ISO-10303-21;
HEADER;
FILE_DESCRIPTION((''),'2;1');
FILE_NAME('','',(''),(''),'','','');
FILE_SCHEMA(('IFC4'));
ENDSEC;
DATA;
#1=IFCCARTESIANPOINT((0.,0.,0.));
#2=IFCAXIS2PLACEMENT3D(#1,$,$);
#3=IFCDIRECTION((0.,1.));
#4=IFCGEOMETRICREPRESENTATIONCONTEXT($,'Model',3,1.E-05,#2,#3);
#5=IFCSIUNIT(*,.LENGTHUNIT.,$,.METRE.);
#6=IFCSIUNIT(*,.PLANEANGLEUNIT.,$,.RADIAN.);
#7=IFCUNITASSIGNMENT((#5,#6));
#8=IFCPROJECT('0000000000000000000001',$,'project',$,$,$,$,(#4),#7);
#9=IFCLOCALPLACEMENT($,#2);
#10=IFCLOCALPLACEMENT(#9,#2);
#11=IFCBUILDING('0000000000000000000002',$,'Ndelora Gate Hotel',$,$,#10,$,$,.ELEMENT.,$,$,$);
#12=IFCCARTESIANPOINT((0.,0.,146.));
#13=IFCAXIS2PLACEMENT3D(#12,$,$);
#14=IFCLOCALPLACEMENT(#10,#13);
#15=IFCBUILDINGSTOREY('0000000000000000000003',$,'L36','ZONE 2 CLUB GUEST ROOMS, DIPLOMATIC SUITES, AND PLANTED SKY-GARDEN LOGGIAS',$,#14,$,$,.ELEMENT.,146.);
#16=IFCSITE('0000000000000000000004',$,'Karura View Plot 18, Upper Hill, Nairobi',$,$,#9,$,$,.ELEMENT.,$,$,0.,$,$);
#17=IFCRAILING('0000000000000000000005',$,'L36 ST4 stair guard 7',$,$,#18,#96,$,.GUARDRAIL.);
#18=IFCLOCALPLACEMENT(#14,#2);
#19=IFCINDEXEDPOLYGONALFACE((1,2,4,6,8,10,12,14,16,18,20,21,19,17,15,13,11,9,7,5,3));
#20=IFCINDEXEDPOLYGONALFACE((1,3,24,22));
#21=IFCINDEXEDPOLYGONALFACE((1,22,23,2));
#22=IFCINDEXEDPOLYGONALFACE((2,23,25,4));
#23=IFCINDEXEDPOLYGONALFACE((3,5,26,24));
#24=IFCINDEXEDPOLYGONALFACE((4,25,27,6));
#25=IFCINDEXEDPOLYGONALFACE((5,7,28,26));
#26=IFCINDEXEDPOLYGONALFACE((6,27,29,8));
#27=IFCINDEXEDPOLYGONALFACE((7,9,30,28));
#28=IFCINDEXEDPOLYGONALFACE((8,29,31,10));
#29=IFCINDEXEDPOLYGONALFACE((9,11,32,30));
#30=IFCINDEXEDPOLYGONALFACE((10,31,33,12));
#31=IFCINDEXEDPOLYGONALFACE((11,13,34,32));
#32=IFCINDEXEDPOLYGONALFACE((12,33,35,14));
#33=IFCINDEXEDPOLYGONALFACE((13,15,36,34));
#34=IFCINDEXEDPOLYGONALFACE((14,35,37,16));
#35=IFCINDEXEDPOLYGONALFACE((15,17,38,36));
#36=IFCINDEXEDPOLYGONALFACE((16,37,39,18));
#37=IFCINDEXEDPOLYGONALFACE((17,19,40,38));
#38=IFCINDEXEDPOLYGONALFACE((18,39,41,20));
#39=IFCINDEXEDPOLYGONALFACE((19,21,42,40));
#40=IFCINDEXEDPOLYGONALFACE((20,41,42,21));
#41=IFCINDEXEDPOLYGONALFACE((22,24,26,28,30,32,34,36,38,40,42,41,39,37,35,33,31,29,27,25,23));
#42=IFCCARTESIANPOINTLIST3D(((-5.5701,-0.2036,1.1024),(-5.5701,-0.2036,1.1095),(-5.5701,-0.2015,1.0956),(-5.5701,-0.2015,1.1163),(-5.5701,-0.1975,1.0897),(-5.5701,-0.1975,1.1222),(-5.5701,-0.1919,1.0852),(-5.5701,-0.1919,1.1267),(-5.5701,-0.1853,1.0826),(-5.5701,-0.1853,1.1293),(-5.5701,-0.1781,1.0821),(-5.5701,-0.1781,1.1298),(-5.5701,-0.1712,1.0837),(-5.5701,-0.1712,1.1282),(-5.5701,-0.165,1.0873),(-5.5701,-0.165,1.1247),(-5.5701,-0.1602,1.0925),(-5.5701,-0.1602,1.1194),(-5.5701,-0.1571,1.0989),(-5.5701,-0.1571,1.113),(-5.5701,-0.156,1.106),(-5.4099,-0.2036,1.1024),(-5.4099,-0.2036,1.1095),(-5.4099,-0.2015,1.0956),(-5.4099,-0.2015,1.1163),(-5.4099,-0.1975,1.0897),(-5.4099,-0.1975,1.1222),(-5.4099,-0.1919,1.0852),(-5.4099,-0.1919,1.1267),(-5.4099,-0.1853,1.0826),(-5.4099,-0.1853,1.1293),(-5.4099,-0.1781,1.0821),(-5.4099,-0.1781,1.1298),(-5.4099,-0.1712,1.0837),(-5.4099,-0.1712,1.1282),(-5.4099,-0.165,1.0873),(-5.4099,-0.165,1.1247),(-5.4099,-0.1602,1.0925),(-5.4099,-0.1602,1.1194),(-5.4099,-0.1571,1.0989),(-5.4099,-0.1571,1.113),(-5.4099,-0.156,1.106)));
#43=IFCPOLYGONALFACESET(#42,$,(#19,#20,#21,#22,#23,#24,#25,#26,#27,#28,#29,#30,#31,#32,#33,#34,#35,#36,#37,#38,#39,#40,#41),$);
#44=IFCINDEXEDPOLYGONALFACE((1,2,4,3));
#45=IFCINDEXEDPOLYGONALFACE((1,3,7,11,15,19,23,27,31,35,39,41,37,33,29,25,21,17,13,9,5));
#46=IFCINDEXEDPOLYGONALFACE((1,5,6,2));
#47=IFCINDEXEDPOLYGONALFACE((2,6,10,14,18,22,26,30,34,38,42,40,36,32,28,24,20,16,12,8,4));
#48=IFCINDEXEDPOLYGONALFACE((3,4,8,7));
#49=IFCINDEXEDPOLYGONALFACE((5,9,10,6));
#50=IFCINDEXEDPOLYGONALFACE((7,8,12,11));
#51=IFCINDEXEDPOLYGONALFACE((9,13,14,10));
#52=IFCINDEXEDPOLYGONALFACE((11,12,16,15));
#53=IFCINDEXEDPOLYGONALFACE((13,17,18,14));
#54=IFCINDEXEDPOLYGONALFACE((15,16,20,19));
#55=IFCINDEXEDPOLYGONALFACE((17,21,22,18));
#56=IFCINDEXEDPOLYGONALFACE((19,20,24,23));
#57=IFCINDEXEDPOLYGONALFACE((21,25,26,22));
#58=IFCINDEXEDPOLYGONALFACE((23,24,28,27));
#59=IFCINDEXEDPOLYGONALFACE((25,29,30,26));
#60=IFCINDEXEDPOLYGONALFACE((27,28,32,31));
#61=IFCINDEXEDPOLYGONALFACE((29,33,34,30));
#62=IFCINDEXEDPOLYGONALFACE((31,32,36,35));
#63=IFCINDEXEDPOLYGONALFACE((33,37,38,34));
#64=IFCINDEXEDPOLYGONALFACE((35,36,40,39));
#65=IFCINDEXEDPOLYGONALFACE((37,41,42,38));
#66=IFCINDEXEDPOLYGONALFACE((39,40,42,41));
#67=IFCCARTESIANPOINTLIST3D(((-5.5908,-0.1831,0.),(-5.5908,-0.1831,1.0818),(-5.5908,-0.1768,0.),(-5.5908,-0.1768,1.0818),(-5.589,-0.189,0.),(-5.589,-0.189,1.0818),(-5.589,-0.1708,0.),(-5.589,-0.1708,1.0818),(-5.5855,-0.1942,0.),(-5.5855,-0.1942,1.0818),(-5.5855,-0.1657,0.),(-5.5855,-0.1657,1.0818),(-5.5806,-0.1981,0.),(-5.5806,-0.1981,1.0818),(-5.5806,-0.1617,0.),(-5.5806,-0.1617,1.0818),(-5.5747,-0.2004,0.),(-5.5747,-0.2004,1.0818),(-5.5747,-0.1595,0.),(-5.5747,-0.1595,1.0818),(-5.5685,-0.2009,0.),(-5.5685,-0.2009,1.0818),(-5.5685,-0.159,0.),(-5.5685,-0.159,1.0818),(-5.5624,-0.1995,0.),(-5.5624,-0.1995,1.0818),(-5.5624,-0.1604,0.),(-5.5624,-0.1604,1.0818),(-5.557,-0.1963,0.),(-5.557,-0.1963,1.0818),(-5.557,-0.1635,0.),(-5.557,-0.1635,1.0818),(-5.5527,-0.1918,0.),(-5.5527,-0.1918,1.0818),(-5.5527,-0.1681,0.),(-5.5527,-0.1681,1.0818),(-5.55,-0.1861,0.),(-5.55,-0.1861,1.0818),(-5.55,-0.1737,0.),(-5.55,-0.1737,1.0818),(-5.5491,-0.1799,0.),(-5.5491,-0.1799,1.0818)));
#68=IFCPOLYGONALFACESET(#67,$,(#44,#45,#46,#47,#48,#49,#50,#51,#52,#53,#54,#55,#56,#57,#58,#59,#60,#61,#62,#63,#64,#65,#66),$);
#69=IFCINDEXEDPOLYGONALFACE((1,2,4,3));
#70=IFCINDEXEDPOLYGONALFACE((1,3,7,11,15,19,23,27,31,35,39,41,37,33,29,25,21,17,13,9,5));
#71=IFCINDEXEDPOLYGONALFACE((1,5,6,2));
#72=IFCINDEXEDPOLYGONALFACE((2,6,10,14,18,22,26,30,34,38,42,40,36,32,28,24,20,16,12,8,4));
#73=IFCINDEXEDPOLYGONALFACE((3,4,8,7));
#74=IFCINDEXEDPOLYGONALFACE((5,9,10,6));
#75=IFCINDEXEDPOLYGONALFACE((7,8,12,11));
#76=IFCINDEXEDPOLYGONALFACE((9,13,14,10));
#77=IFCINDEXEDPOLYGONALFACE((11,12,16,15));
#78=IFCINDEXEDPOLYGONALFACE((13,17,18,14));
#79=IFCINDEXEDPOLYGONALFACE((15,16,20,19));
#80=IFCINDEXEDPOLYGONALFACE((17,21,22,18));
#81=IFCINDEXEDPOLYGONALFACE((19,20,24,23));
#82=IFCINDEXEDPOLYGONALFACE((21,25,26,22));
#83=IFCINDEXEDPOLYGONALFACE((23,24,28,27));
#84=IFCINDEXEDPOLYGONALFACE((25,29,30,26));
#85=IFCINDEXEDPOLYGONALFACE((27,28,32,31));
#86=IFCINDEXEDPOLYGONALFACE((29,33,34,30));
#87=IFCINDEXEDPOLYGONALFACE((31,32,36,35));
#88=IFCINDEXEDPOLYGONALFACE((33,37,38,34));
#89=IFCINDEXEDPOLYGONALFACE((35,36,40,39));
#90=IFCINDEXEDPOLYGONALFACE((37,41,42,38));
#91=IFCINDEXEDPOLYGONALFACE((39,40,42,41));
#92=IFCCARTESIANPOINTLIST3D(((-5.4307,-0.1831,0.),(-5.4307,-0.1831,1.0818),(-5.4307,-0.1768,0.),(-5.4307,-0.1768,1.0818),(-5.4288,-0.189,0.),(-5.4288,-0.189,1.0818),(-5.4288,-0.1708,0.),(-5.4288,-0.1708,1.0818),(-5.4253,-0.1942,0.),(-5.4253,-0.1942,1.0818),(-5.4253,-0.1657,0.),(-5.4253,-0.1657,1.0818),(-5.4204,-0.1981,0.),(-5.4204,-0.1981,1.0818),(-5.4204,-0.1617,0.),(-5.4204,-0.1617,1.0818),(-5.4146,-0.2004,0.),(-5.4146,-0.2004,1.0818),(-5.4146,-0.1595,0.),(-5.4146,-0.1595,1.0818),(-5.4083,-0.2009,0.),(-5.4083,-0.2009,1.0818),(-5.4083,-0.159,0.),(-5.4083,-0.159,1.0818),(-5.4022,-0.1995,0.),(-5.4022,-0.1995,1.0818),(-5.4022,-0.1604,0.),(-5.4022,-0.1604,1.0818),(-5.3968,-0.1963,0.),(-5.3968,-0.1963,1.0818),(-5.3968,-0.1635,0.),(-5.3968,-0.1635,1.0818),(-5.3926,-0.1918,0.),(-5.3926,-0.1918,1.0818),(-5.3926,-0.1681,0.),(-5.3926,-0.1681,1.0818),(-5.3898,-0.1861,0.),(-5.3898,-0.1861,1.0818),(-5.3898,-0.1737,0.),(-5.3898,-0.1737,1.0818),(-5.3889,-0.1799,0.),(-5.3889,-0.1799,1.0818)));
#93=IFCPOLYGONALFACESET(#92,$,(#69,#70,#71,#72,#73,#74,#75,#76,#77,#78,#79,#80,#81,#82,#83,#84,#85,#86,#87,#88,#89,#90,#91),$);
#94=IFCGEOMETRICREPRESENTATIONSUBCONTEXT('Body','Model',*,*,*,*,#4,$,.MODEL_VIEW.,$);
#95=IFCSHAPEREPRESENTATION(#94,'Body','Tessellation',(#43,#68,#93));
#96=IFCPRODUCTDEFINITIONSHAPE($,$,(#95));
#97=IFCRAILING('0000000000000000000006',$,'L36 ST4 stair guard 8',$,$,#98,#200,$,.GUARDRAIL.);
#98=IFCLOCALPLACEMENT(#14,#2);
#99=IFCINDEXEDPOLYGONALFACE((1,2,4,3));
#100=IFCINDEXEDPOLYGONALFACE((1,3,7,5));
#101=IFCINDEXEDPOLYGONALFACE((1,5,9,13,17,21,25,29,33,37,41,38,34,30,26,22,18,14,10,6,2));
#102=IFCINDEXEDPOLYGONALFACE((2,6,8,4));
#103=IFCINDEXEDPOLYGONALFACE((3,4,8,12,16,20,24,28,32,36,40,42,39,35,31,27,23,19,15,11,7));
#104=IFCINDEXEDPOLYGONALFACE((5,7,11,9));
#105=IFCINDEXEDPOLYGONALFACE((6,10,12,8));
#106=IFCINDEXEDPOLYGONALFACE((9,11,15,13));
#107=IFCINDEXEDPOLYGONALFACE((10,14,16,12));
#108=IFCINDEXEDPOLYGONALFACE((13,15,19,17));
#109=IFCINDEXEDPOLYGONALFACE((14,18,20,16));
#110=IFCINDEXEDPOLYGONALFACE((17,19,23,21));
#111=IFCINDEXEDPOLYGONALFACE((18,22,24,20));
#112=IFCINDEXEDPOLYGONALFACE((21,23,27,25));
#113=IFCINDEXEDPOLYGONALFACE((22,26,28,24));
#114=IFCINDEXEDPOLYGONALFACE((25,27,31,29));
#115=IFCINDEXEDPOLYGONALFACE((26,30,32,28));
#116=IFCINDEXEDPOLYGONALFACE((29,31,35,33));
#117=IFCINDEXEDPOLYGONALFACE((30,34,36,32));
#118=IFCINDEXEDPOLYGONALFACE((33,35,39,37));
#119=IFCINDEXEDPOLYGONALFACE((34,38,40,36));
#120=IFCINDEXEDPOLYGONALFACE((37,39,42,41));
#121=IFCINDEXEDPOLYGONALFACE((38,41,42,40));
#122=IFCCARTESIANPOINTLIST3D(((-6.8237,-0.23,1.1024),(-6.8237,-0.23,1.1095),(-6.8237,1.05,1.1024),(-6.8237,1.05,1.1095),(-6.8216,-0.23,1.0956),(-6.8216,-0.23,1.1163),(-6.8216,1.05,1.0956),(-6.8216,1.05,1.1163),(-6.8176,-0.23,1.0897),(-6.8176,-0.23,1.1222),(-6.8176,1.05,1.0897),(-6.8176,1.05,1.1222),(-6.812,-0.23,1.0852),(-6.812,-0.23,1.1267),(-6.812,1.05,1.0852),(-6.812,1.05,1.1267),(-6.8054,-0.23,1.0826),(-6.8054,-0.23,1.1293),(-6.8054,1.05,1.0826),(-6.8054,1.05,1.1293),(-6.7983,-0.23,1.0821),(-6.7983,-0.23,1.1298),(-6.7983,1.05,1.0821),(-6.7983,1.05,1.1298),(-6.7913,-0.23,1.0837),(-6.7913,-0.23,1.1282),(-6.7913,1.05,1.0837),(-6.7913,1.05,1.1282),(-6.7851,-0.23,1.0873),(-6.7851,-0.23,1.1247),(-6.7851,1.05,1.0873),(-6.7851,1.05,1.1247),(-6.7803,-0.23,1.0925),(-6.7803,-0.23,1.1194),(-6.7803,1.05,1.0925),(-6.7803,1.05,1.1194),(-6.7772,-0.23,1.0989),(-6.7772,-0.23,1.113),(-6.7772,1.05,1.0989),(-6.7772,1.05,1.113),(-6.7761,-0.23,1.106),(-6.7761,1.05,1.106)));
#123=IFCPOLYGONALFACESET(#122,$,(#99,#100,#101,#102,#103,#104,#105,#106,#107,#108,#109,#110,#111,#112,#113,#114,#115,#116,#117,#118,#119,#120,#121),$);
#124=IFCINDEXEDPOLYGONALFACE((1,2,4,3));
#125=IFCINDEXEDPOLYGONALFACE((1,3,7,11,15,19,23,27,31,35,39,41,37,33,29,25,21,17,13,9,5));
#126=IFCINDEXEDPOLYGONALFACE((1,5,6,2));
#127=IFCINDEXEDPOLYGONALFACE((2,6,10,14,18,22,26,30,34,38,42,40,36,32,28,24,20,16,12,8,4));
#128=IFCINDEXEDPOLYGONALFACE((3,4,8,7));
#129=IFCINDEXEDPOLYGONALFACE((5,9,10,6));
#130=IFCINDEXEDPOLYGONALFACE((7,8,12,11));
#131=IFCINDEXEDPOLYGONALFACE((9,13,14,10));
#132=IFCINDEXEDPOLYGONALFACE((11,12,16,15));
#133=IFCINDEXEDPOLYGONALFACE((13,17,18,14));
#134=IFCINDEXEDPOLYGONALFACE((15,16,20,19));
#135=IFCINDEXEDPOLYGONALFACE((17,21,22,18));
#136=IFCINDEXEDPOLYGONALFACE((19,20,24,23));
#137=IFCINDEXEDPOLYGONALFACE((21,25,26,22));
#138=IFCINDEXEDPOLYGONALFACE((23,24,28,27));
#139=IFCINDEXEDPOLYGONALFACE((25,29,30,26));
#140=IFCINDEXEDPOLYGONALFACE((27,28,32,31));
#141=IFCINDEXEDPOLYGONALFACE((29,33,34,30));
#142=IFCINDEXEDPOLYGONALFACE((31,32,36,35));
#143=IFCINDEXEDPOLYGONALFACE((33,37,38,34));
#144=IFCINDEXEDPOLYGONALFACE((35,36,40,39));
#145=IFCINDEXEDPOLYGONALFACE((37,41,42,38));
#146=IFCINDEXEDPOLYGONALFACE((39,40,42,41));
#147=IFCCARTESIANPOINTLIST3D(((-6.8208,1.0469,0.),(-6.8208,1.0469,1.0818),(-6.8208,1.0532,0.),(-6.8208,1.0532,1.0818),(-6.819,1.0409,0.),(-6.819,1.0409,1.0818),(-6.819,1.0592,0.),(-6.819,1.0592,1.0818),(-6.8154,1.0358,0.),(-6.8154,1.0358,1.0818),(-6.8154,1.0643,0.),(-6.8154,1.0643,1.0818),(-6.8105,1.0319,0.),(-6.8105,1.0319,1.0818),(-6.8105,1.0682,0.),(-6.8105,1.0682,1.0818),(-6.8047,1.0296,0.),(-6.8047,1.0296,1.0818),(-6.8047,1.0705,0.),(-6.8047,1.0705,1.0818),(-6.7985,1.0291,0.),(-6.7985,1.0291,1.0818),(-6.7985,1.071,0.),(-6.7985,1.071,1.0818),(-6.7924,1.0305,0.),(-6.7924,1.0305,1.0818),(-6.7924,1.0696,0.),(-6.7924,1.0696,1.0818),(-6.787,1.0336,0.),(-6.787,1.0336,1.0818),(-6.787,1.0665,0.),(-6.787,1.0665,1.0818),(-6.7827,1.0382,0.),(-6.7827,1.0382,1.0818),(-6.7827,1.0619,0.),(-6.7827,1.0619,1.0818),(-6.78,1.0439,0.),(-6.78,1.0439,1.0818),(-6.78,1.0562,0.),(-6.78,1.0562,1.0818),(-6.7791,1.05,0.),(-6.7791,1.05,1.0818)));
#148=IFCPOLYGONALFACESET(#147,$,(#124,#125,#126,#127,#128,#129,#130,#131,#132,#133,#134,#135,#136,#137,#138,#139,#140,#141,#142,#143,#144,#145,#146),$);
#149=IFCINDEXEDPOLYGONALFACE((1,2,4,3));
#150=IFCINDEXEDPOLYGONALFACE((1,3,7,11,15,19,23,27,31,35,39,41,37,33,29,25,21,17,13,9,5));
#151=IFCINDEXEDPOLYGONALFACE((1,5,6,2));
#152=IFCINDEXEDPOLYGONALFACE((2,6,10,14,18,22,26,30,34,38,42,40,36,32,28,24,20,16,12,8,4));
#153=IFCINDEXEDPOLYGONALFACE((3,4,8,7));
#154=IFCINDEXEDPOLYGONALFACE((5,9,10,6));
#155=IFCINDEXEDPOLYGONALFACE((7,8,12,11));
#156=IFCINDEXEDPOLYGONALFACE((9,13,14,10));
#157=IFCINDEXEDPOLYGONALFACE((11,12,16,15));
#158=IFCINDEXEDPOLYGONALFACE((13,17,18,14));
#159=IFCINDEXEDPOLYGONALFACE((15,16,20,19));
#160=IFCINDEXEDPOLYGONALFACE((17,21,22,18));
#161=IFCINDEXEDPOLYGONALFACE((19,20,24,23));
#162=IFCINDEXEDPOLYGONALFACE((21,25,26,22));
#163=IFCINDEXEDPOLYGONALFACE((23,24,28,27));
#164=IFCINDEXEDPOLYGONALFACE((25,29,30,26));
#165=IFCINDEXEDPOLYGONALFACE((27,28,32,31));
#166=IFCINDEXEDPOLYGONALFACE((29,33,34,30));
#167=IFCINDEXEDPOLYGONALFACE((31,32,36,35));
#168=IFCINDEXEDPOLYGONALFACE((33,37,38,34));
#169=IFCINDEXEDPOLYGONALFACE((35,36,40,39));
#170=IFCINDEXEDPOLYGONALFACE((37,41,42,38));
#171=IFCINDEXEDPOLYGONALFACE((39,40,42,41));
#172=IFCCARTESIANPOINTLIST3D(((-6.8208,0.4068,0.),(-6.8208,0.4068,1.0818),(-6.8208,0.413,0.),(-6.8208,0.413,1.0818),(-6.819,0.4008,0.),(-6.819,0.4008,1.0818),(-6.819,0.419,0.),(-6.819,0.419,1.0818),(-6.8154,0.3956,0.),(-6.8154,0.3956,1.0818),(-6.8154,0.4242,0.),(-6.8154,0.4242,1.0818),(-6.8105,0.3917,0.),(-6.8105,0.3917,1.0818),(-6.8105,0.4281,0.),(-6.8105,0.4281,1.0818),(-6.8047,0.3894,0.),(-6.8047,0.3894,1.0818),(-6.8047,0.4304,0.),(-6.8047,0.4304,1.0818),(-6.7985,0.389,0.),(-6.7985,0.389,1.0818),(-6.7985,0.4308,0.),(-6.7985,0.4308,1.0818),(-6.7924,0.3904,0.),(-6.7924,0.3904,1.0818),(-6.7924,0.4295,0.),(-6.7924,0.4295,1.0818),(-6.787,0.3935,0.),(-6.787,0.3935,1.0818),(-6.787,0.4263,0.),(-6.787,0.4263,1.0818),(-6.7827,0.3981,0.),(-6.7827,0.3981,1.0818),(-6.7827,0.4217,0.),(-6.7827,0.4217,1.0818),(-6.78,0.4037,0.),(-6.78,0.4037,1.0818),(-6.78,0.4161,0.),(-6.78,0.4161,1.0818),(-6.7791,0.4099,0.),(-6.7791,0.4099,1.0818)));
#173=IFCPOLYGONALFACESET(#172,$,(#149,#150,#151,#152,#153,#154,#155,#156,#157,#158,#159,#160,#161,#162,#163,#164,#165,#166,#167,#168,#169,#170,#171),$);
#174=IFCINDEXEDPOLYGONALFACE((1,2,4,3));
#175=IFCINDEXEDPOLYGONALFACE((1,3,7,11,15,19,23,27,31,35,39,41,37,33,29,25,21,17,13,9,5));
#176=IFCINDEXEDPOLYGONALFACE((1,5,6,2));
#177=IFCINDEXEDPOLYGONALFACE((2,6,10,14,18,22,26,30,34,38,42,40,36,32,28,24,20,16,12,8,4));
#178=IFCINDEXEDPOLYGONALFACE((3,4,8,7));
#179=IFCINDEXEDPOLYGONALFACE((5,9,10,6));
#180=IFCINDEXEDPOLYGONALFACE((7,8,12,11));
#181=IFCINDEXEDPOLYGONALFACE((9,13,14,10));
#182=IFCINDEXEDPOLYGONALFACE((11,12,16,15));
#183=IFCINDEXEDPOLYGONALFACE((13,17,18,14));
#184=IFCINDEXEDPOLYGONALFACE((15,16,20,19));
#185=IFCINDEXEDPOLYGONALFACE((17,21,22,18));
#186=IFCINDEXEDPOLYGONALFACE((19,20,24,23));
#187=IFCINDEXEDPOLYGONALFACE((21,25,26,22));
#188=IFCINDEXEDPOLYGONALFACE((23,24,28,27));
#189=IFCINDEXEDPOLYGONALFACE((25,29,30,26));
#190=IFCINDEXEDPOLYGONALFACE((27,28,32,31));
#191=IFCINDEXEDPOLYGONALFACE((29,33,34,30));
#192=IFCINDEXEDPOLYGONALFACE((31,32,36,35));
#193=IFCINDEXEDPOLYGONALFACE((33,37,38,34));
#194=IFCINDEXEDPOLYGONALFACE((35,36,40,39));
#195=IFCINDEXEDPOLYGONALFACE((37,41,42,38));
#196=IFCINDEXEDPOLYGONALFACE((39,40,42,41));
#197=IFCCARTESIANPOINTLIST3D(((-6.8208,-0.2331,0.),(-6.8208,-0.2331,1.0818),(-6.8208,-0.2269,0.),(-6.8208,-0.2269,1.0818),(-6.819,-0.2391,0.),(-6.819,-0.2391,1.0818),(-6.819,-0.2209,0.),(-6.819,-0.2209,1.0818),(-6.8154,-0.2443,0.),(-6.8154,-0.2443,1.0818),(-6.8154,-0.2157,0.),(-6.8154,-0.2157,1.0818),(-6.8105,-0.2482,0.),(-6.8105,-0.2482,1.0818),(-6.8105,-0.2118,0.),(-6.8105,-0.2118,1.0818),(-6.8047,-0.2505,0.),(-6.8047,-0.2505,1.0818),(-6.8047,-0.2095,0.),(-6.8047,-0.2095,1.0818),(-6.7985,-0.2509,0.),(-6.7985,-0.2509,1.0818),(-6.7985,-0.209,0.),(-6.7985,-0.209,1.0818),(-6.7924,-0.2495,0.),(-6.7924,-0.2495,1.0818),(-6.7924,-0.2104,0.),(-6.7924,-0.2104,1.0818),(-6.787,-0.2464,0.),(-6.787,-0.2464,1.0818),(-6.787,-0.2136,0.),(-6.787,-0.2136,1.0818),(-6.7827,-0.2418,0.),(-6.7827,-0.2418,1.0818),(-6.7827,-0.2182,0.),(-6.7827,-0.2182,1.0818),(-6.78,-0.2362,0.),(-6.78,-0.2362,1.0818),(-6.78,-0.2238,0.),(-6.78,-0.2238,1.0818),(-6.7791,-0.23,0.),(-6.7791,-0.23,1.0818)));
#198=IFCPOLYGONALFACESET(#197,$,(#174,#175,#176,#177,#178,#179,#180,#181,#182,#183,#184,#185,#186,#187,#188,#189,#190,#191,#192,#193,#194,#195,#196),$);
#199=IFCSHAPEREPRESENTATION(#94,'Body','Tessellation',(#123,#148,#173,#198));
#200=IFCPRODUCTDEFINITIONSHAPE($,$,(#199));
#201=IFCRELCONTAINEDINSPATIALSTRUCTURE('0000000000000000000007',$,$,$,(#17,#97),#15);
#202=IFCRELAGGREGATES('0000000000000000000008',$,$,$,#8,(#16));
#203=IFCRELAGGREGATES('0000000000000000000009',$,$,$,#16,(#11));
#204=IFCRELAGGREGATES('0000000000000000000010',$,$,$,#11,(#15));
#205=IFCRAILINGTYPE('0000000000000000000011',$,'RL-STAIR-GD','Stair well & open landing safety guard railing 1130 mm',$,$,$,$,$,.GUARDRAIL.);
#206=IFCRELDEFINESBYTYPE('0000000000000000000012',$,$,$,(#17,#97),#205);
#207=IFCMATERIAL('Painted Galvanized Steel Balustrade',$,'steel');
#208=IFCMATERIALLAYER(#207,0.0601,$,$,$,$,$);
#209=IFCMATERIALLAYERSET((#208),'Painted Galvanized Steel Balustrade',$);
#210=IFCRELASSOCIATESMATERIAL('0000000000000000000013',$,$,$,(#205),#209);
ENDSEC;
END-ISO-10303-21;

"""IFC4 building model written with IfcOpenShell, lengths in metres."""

from ifc_helpers import new_model, si_unit, direction, frame, origin, origin_2d, place, context, subcontext, project, spatial, circle, extrude, material, layer, layer_set, type_object, element, save


model = new_model("IFC4")

# Units and contexts
model_context = context("Model", 3, precision=1e-05, world=origin(), true_north=direction((0.0, 1.0)))
body_context = subcontext(model_context, "Body", "Model", "MODEL_VIEW")
ifc_project = project(units=[si_unit("LENGTHUNIT", "METRE"), si_unit("PLANEANGLEUNIT", "RADIAN")], contexts=[model_context])

# Site, building, storey
site_placement = place(None, origin())
site = spatial("IfcSite", under=ifc_project, at=site_placement, Name="Karura View Plot 18, Upper Hill, Nairobi", CompositionType="ELEMENT", RefElevation=0.0)
building_placement = place(site_placement, origin())
building = spatial("IfcBuilding", under=site, at=building_placement, Name="Ndelora Gate Hotel", CompositionType="ELEMENT")
storey_placement = place(building_placement, frame((0.0, 0.0, 146.0)))
storey = spatial("IfcBuildingStorey", under=building, at=storey_placement, Name="L36", Description="ZONE 2 CLUB GUEST ROOMS, DIPLOMATIC SUITES, AND PLANTED SKY-GARDEN LOGGIAS", CompositionType="ELEMENT", Elevation=146.0)

# Railings
ifc_material_1 = material(Name="Painted Galvanized Steel Balustrade", Category="steel")
ifc_layer_1 = layer(ifc_material_1, 0.0601)
ifc_layer_set_1 = layer_set([ifc_layer_1], Name="Painted Galvanized Steel Balustrade")
railing_type_1 = type_object("IfcRailingType", Name="RL-STAIR-GD", Description="Stair well & open landing safety guard railing 1130 mm", PredefinedType="GUARDRAIL", material=ifc_layer_set_1)
railing_1_placement = place(storey_placement, frame((-5.5701, -0.1799, 0.0)))
element("IfcRailing", 1, at=railing_1_placement, inside=storey, type_object=railing_type_1, Name="L36 ST4 stair guard 7", PredefinedType="GUARDRAIL", context=body_context, shape_type="SweptSolid", body=[
    extrude(circle(Radius=0.0239, at=origin_2d()), frame((0.0, 0.0, 1.106), z_axis=(1.0, 0.0, 0.0), x_axis=(0.0, 1.0, 0.0)), (0.0, 0.0, 1.0), 0.1602),
    extrude(circle(Radius=0.021, at=origin_2d()), origin(), (0.0, 0.0, 1.0), 1.0818),
    extrude(circle(Radius=0.021, at=origin_2d()), frame((0.1602, 0.0, 0.0)), (0.0, 0.0, 1.0), 1.0818),
])
for number, where, name in (
    (2, (-6.8, 1.05, 0.0), "L36 ST4 stair guard 8"),
):
    element("IfcRailing", number, at=place(storey_placement, frame(where)), inside=storey, type_object=railing_type_1, Name=name, PredefinedType="GUARDRAIL", context=body_context, shape_type="SweptSolid", body=[
        extrude(circle(Radius=0.0239, at=origin_2d()), frame((0.0, 0.0, 1.106), z_axis=(0.0, -1.0, 0.0), x_axis=(1.0, 0.0, 0.0)), (0.0, 0.0, 1.0), 1.28),
        extrude(circle(Radius=0.021, at=origin_2d()), origin(), (0.0, 0.0, 1.0), 1.0818),
        extrude(circle(Radius=0.021, at=origin_2d()), frame((0.0, -0.6401, 0.0)), (0.0, 0.0, 1.0), 1.0818),
        extrude(circle(Radius=0.021, at=origin_2d()), frame((0.0, -1.28, 0.0)), (0.0, 0.0, 1.0), 1.0818),
    ])

save(model, "model.ifc")
